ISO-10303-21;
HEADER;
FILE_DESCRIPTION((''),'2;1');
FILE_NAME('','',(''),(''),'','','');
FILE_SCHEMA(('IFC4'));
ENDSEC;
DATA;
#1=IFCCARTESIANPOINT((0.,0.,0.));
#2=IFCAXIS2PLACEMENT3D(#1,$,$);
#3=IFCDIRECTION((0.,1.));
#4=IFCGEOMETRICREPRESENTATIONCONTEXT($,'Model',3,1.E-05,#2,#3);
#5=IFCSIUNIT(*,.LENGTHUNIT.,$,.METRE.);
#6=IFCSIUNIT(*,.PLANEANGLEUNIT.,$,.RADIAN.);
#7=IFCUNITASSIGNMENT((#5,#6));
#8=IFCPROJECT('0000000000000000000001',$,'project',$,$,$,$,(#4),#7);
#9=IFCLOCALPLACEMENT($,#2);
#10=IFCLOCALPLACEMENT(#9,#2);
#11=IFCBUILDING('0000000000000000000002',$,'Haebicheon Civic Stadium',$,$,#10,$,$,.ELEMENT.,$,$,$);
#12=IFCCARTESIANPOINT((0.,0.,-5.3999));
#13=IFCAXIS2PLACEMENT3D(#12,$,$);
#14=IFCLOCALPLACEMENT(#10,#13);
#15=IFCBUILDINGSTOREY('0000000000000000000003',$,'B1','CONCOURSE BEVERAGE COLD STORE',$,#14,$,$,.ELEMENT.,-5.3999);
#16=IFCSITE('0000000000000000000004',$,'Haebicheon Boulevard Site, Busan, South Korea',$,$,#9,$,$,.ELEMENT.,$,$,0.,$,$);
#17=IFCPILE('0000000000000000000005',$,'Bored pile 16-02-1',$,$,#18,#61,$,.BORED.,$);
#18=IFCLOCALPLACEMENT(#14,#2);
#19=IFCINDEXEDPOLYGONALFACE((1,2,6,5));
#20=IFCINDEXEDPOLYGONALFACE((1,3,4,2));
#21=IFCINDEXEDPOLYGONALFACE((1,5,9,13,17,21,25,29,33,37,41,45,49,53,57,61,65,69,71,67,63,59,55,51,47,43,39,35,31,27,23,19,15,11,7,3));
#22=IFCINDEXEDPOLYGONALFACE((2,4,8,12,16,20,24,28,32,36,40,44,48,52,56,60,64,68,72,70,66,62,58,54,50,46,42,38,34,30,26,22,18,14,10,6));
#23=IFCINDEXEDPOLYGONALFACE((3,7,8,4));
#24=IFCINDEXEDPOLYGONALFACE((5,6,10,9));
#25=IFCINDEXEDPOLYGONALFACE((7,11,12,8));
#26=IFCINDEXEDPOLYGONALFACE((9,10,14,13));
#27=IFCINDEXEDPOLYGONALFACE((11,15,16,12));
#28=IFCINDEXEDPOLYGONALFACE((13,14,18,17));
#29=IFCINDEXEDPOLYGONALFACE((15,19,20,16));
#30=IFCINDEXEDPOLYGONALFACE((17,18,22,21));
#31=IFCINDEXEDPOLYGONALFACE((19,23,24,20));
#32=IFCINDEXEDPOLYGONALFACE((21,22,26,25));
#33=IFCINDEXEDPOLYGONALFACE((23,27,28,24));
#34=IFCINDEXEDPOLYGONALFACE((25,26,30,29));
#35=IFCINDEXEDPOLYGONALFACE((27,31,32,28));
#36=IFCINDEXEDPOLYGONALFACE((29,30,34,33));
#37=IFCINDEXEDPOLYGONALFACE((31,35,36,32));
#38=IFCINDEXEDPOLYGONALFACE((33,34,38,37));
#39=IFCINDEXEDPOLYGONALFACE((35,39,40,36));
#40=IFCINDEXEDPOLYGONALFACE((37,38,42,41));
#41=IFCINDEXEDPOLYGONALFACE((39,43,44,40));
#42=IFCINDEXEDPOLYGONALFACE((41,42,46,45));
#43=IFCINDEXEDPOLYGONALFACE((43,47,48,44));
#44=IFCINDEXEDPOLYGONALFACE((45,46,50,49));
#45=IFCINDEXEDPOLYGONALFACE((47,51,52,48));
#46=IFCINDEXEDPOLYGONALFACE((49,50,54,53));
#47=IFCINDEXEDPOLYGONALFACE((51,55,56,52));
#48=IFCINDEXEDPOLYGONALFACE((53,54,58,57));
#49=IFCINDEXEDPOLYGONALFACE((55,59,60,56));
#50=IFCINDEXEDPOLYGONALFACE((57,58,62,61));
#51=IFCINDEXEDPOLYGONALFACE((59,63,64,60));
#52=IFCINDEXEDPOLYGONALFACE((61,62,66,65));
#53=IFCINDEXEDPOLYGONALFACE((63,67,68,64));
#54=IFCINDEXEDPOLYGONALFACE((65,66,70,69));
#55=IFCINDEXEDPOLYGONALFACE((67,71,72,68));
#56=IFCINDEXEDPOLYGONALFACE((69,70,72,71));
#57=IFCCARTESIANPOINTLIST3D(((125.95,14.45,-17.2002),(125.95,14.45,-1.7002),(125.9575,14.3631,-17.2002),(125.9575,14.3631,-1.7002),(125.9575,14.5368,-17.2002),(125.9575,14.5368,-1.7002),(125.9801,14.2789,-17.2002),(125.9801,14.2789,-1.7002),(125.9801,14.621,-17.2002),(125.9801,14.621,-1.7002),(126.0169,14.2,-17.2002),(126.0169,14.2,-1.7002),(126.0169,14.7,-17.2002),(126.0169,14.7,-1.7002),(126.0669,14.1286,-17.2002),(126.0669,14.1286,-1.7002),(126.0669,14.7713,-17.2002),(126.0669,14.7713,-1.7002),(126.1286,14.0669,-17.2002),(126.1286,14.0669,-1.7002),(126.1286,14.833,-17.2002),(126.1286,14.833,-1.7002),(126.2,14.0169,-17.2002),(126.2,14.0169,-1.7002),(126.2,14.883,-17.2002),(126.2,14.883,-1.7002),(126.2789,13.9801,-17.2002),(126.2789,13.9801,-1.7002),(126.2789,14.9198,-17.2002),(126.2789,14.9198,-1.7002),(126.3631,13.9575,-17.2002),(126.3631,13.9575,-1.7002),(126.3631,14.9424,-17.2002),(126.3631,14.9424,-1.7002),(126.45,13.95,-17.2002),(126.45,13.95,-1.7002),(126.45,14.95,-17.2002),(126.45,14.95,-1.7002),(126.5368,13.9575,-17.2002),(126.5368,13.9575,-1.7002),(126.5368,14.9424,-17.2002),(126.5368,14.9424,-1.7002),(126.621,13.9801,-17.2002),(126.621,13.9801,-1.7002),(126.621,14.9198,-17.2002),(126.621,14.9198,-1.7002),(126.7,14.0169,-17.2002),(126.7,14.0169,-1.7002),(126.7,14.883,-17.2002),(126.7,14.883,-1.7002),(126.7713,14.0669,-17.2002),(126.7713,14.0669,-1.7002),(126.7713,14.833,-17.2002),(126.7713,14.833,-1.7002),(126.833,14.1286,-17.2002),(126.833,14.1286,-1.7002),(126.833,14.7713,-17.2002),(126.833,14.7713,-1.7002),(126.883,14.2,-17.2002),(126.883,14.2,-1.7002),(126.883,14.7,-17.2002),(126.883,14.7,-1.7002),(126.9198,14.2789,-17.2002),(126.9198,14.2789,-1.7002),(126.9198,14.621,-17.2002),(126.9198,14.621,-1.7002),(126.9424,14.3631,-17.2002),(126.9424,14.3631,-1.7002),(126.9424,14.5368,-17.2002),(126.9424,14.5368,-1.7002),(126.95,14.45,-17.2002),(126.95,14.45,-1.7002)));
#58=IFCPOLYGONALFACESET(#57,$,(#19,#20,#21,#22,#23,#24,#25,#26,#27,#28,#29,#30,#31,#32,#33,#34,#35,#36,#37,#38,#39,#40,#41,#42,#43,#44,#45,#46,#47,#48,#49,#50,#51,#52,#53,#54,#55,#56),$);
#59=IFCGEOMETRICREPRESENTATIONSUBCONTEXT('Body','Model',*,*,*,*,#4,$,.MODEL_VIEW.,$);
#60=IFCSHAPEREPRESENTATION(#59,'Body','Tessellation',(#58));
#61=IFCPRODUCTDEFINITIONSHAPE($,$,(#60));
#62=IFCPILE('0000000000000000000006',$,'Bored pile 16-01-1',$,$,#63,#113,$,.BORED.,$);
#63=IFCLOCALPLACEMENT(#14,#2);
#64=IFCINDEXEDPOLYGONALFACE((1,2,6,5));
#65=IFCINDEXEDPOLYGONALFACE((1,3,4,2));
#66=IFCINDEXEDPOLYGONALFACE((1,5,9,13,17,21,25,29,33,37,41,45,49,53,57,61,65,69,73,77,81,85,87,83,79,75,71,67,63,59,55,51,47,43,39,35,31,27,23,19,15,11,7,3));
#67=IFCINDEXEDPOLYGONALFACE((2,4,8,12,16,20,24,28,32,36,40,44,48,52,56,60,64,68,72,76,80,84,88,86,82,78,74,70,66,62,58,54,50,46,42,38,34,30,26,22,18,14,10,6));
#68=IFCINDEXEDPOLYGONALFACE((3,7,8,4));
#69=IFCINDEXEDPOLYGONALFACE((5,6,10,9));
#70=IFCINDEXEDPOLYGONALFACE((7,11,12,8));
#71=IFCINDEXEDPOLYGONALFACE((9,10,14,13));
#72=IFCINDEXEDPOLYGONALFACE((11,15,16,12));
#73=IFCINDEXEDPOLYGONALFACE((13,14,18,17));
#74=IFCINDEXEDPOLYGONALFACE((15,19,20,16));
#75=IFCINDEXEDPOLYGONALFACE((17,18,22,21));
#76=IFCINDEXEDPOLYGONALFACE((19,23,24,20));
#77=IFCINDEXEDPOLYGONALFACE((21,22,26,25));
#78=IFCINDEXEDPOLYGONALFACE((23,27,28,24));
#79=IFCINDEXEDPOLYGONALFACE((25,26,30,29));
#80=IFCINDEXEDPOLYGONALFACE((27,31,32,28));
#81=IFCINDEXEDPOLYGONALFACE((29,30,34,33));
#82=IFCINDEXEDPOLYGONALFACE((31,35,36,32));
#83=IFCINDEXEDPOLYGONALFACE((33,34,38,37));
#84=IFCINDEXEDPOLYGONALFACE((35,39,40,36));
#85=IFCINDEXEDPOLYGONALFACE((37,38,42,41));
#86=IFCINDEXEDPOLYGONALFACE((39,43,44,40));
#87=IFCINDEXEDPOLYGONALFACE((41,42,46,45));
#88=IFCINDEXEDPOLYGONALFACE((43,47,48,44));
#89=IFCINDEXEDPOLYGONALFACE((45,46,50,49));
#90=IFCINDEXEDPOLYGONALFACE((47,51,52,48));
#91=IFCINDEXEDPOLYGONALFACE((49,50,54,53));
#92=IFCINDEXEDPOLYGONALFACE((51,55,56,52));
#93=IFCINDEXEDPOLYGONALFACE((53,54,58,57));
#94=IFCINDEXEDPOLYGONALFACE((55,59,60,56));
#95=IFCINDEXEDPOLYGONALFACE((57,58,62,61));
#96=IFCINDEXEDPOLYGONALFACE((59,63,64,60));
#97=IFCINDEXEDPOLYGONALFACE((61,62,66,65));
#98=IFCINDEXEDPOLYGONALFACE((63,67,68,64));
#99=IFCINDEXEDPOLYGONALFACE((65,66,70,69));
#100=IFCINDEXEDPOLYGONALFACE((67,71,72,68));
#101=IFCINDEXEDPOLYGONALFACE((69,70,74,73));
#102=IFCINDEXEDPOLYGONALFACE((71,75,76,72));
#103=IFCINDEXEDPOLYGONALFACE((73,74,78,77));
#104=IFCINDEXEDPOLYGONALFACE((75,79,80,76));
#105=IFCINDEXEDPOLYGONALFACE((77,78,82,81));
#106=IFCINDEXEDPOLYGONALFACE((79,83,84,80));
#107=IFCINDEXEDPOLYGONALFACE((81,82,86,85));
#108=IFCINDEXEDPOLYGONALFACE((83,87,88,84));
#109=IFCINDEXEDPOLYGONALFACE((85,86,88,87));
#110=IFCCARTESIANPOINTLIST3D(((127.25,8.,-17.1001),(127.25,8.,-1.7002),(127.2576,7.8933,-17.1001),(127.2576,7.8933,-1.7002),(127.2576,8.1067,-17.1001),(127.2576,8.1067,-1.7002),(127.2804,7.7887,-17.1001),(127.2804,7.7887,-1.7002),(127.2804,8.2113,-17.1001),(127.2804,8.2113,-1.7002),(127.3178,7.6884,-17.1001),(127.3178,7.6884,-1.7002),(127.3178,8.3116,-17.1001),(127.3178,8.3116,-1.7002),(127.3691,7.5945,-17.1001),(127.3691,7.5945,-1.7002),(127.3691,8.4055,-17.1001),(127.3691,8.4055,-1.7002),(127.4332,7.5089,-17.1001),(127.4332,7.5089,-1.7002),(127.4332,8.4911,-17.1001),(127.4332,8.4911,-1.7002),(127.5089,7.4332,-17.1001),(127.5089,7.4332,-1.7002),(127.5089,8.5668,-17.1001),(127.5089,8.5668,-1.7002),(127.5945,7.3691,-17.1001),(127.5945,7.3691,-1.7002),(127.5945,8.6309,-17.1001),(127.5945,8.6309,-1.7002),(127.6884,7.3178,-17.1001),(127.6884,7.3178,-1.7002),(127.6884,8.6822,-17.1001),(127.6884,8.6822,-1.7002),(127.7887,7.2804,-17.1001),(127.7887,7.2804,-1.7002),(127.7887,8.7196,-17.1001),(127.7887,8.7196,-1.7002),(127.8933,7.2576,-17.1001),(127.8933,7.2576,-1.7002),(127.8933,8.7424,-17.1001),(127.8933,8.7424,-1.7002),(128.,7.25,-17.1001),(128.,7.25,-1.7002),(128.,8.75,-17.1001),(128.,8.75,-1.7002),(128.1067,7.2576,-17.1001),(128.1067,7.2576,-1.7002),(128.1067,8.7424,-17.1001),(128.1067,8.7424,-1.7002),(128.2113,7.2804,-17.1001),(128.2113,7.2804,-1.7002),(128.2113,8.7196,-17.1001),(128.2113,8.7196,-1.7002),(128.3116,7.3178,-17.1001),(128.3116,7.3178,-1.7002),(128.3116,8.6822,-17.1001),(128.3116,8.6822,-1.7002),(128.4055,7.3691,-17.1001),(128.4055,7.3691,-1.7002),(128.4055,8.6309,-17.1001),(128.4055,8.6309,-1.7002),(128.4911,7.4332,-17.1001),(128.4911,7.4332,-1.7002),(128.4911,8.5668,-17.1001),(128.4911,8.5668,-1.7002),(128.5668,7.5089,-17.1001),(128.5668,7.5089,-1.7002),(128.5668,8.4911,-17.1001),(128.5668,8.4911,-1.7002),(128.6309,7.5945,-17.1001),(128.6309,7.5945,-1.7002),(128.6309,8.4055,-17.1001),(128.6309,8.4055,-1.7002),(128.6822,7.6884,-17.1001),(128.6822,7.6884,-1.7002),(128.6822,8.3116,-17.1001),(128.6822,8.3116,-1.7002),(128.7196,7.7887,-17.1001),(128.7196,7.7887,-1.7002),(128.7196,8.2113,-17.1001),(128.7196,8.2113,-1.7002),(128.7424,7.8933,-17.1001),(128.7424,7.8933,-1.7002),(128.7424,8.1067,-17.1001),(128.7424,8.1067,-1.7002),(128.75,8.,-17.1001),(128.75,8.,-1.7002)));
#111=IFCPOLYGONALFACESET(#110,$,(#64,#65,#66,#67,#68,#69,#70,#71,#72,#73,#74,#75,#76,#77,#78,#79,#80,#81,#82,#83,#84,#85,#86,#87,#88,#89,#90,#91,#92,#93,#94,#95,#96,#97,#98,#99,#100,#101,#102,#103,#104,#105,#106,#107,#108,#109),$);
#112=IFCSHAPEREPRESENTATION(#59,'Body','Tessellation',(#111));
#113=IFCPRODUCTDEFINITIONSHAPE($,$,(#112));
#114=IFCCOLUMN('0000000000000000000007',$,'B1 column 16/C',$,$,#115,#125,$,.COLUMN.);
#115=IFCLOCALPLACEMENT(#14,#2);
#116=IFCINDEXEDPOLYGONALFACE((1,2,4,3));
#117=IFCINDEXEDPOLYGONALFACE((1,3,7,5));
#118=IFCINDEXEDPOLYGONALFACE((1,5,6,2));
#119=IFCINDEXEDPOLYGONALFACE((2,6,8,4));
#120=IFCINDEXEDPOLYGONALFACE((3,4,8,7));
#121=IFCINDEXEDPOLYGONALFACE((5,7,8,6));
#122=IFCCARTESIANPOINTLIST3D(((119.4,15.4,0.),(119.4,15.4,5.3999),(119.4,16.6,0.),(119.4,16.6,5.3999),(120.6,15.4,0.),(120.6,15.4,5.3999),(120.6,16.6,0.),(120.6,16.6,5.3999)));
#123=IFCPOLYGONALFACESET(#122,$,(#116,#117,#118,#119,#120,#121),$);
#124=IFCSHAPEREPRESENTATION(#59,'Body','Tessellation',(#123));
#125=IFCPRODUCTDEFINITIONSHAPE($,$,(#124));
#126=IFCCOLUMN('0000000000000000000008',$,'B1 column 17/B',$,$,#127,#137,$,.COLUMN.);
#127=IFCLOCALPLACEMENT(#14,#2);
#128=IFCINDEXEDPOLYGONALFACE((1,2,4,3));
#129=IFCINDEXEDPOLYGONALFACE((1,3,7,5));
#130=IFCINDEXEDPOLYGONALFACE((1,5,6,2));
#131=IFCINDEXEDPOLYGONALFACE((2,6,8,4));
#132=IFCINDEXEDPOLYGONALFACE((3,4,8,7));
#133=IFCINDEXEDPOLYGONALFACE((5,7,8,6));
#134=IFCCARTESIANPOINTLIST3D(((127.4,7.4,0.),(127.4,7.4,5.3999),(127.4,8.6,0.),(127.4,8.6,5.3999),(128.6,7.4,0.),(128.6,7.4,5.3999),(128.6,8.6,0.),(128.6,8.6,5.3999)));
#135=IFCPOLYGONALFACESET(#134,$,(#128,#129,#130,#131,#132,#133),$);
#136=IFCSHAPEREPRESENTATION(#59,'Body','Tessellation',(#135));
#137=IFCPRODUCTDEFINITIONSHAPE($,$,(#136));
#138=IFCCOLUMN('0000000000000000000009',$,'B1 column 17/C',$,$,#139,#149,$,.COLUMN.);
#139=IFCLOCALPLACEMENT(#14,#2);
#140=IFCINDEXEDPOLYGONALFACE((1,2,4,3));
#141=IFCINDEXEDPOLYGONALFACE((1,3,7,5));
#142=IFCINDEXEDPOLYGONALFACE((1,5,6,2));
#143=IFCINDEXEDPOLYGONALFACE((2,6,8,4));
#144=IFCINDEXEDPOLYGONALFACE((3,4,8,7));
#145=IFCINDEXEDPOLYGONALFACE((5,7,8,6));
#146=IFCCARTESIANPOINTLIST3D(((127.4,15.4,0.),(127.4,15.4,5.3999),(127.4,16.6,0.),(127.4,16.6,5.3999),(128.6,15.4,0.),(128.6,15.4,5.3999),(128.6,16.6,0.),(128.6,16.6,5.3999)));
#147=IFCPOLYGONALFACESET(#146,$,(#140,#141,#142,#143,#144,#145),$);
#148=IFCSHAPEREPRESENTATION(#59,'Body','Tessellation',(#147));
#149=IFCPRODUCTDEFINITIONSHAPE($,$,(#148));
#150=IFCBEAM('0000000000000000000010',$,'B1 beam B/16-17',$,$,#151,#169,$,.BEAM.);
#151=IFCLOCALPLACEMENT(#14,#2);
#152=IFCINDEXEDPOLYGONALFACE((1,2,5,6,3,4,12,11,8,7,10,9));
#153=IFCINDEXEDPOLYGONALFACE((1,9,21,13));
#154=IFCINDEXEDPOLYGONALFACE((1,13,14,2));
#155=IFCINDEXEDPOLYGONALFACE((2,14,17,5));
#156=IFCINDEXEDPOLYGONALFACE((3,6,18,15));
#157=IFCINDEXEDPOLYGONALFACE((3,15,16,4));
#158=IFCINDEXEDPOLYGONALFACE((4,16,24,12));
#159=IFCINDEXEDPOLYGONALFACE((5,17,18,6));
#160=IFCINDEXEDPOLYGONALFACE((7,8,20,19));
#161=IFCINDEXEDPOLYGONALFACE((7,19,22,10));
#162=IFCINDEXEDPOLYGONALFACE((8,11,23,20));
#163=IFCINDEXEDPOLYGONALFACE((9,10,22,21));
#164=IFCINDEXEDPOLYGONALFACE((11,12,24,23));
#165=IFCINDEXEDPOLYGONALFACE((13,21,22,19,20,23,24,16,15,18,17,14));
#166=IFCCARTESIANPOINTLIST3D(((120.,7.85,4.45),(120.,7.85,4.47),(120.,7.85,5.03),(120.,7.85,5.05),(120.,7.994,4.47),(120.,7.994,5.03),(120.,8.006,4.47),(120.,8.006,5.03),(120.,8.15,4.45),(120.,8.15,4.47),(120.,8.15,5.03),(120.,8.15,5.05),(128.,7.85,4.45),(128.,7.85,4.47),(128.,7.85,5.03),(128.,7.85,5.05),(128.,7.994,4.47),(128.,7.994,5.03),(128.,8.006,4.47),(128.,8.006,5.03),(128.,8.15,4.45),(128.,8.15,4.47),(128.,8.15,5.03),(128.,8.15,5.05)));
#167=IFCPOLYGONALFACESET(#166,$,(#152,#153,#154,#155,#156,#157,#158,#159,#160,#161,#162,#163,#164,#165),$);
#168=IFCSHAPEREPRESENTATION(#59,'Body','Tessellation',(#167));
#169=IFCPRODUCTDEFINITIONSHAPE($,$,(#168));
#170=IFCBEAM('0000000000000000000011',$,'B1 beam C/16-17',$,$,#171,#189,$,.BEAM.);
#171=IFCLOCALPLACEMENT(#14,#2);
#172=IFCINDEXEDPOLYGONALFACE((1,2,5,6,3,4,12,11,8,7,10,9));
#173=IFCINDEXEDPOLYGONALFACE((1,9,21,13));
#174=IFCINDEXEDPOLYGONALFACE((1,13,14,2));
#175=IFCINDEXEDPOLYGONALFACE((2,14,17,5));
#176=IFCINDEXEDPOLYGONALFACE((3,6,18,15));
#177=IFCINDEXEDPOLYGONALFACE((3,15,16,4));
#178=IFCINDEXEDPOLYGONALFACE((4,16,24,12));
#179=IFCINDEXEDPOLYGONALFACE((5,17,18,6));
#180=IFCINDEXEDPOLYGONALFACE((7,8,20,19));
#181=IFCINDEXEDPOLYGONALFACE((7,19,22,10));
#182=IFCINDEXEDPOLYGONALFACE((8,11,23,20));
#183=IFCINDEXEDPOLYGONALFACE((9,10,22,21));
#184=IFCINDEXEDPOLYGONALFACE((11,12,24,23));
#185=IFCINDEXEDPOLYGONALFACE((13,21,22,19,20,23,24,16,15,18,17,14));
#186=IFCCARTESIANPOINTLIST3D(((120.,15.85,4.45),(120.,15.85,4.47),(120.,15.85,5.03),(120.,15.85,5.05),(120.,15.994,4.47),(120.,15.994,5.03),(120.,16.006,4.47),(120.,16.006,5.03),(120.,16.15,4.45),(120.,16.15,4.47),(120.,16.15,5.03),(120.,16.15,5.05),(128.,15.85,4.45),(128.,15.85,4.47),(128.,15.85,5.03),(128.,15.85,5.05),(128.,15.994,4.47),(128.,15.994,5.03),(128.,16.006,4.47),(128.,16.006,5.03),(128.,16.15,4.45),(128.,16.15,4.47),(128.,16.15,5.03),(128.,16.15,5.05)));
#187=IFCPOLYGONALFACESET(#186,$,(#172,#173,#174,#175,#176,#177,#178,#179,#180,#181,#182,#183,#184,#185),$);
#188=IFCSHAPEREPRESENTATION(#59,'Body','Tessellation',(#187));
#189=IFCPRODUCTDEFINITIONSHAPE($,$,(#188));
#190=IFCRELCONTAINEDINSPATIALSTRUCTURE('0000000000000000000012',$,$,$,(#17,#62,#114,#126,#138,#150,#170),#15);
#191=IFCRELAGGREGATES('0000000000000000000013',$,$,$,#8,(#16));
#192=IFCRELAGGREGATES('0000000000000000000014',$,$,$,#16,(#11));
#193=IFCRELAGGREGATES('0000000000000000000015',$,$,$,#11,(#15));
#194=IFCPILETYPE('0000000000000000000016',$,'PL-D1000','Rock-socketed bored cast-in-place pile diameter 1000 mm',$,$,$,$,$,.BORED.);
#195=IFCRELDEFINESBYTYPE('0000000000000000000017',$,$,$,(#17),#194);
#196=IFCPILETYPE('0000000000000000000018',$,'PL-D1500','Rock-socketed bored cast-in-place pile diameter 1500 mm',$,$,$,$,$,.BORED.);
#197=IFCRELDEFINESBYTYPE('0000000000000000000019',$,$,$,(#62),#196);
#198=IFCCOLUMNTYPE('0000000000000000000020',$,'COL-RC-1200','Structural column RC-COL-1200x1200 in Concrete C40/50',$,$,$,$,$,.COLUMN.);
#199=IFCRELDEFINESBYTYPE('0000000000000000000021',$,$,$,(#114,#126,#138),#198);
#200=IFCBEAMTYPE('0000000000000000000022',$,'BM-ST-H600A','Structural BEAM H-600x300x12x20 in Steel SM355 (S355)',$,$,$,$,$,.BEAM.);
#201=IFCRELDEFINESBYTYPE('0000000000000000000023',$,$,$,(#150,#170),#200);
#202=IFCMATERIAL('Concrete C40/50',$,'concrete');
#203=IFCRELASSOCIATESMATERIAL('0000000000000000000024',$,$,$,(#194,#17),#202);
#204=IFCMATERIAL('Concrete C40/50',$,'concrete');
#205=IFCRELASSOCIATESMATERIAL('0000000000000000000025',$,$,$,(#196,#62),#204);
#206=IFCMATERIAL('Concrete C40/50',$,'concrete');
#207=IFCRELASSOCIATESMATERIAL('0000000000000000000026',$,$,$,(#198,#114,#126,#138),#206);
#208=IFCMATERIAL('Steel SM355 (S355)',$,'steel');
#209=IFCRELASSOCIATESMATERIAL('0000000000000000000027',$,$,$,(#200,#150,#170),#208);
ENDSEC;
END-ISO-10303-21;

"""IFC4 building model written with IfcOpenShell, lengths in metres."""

from ifc_helpers import new_model, si_unit, direction, frame, origin, origin_2d, place, context, subcontext, project, spatial, rectangle, circle, i_section, extrude, material, material_profile, profile_set, type_object, element, save


model = new_model("IFC4")

# Units and contexts
model_context = context("Model", 3, precision=1e-05, world=origin(), true_north=direction((0.0, 1.0)))
body_context = subcontext(model_context, "Body", "Model", "MODEL_VIEW")
ifc_project = project(units=[si_unit("LENGTHUNIT", "METRE"), si_unit("PLANEANGLEUNIT", "RADIAN")], contexts=[model_context])

# Site, building, storey
site_placement = place(None, origin())
site = spatial("IfcSite", under=ifc_project, at=site_placement, Name="Haebicheon Boulevard Site, Busan, South Korea", CompositionType="ELEMENT", RefElevation=0.0)
building_placement = place(site_placement, origin())
building = spatial("IfcBuilding", under=site, at=building_placement, Name="Haebicheon Civic Stadium", CompositionType="ELEMENT")
storey_placement = place(building_placement, frame((0.0, 0.0, -5.3999)))
storey = spatial("IfcBuildingStorey", under=building, at=storey_placement, Name="B1", Description="CONCOURSE BEVERAGE COLD STORE", CompositionType="ELEMENT", Elevation=-5.3999)

# Piles
ifc_material_1 = material(Name="Concrete C40/50", Category="concrete")
ifc_material_profile_1 = material_profile(ifc_material_1, circle(Radius=0.5, at=origin_2d()), Name="PILE-D1000")
ifc_profile_set_1 = profile_set([ifc_material_profile_1], Name="Concrete C40/50")
pile_type_1 = type_object("IfcPileType", Name="PL-D1000", Description="Rock-socketed bored cast-in-place pile diameter 1000 mm", PredefinedType="BORED", material=ifc_profile_set_1)
for number, where, z_axis, x_axis, name in (
    (1, (126.45, 14.45, -1.7002), (0.0, 0.0, -1.0), (1.0, 0.0, 0.0), "Bored pile 16-02-1"),
):
    element("IfcPile", number, at=place(storey_placement, frame(where, z_axis=z_axis, x_axis=x_axis)), inside=storey, type_object=pile_type_1, material=ifc_profile_set_1, Name=name, PredefinedType="BORED", context=body_context, shape_type="SweptSolid", body=[
        extrude(circle(Radius=0.5, at=origin_2d()), origin(), (0.0, 0.0, 1.0), 15.5),
    ])
ifc_material_2 = material(Name="Concrete C40/50", Category="concrete")
ifc_material_profile_2 = material_profile(ifc_material_2, circle(Radius=0.75, at=origin_2d()), Name="PILE-D1500")
ifc_profile_set_2 = profile_set([ifc_material_profile_2], Name="Concrete C40/50")
pile_type_2 = type_object("IfcPileType", Name="PL-D1500", Description="Rock-socketed bored cast-in-place pile diameter 1500 mm", PredefinedType="BORED", material=ifc_profile_set_2)
pile_placement = place(storey_placement, frame((128.0, 8.0, -1.7002), z_axis=(0.0, 0.0, -1.0), x_axis=(1.0, 0.0, 0.0)))
element("IfcPile", 2, at=pile_placement, inside=storey, type_object=pile_type_2, material=ifc_profile_set_2, Name="Bored pile 16-01-1", PredefinedType="BORED", context=body_context, shape_type="SweptSolid", body=[
    extrude(circle(Radius=0.75, at=origin_2d()), origin(), (0.0, 0.0, 1.0), 15.3999),
])

# Columns
ifc_material_3 = material(Name="Concrete C40/50", Category="concrete")
ifc_material_profile_3 = material_profile(ifc_material_3, rectangle(XDim=1.2, YDim=1.2, at=origin_2d()), Name="RC-COL-1200x1200")
ifc_profile_set_3 = profile_set([ifc_material_profile_3], Name="Concrete C40/50")
column_type = type_object("IfcColumnType", Name="COL-RC-1200", Description="Structural column RC-COL-1200x1200 in Concrete C40/50", PredefinedType="COLUMN", material=ifc_profile_set_3)
for number, where, z_axis, x_axis, name in (
    (3, (120.0, 16.0, 0.0), (0.0, 0.0, 1.0), (1.0, 0.0, 0.0), "B1 column 16/C"),
    (4, (128.0, 8.0, 0.0), (0.0, 0.0, 1.0), (1.0, 0.0, 0.0), "B1 column 17/B"),
    (5, (128.0, 16.0, 0.0), (0.0, 0.0, 1.0), (1.0, 0.0, 0.0), "B1 column 17/C"),
):
    element("IfcColumn", number, at=place(storey_placement, frame(where, z_axis=z_axis, x_axis=x_axis)), inside=storey, type_object=column_type, material=ifc_profile_set_3, Name=name, PredefinedType="COLUMN", context=body_context, shape_type="SweptSolid", body=[
        extrude(rectangle(XDim=1.2, YDim=1.2, at=origin_2d()), origin(), (0.0, 0.0, 1.0), 5.3999),
    ])

# Beams
ifc_material_4 = material(Name="Steel SM355 (S355)", Category="steel")
ifc_material_profile_4 = material_profile(ifc_material_4, i_section(OverallWidth=0.3, OverallDepth=0.6001, WebThickness=0.012, FlangeThickness=0.02, at=origin_2d()), Name="H-600x300x12x20")
ifc_profile_set_4 = profile_set([ifc_material_profile_4], Name="Steel SM355 (S355)")
beam_type_1 = type_object("IfcBeamType", Name="BM-ST-H600A", Description="Structural BEAM H-600x300x12x20 in Steel SM355 (S355)", PredefinedType="BEAM", material=ifc_profile_set_4)
for number, where, z_axis, x_axis, name in (
    (6, (120.0, 8.0, 4.75), (1.0, 0.0, 0.0), (0.0, 1.0, 0.0), "B1 beam B/16-17"),
    (7, (120.0, 16.0, 4.75), (1.0, 0.0, 0.0), (0.0, 1.0, 0.0), "B1 beam C/16-17"),
):
    element("IfcBeam", number, at=place(storey_placement, frame(where, z_axis=z_axis, x_axis=x_axis)), inside=storey, type_object=beam_type_1, material=ifc_profile_set_4, Name=name, PredefinedType="BEAM", context=body_context, shape_type="SweptSolid", body=[
        extrude(i_section(OverallWidth=0.3, OverallDepth=0.6001, WebThickness=0.012, FlangeThickness=0.02, at=origin_2d()), origin(), (0.0, 0.0, 1.0), 8.0),
    ])

save(model, "model.ifc")
